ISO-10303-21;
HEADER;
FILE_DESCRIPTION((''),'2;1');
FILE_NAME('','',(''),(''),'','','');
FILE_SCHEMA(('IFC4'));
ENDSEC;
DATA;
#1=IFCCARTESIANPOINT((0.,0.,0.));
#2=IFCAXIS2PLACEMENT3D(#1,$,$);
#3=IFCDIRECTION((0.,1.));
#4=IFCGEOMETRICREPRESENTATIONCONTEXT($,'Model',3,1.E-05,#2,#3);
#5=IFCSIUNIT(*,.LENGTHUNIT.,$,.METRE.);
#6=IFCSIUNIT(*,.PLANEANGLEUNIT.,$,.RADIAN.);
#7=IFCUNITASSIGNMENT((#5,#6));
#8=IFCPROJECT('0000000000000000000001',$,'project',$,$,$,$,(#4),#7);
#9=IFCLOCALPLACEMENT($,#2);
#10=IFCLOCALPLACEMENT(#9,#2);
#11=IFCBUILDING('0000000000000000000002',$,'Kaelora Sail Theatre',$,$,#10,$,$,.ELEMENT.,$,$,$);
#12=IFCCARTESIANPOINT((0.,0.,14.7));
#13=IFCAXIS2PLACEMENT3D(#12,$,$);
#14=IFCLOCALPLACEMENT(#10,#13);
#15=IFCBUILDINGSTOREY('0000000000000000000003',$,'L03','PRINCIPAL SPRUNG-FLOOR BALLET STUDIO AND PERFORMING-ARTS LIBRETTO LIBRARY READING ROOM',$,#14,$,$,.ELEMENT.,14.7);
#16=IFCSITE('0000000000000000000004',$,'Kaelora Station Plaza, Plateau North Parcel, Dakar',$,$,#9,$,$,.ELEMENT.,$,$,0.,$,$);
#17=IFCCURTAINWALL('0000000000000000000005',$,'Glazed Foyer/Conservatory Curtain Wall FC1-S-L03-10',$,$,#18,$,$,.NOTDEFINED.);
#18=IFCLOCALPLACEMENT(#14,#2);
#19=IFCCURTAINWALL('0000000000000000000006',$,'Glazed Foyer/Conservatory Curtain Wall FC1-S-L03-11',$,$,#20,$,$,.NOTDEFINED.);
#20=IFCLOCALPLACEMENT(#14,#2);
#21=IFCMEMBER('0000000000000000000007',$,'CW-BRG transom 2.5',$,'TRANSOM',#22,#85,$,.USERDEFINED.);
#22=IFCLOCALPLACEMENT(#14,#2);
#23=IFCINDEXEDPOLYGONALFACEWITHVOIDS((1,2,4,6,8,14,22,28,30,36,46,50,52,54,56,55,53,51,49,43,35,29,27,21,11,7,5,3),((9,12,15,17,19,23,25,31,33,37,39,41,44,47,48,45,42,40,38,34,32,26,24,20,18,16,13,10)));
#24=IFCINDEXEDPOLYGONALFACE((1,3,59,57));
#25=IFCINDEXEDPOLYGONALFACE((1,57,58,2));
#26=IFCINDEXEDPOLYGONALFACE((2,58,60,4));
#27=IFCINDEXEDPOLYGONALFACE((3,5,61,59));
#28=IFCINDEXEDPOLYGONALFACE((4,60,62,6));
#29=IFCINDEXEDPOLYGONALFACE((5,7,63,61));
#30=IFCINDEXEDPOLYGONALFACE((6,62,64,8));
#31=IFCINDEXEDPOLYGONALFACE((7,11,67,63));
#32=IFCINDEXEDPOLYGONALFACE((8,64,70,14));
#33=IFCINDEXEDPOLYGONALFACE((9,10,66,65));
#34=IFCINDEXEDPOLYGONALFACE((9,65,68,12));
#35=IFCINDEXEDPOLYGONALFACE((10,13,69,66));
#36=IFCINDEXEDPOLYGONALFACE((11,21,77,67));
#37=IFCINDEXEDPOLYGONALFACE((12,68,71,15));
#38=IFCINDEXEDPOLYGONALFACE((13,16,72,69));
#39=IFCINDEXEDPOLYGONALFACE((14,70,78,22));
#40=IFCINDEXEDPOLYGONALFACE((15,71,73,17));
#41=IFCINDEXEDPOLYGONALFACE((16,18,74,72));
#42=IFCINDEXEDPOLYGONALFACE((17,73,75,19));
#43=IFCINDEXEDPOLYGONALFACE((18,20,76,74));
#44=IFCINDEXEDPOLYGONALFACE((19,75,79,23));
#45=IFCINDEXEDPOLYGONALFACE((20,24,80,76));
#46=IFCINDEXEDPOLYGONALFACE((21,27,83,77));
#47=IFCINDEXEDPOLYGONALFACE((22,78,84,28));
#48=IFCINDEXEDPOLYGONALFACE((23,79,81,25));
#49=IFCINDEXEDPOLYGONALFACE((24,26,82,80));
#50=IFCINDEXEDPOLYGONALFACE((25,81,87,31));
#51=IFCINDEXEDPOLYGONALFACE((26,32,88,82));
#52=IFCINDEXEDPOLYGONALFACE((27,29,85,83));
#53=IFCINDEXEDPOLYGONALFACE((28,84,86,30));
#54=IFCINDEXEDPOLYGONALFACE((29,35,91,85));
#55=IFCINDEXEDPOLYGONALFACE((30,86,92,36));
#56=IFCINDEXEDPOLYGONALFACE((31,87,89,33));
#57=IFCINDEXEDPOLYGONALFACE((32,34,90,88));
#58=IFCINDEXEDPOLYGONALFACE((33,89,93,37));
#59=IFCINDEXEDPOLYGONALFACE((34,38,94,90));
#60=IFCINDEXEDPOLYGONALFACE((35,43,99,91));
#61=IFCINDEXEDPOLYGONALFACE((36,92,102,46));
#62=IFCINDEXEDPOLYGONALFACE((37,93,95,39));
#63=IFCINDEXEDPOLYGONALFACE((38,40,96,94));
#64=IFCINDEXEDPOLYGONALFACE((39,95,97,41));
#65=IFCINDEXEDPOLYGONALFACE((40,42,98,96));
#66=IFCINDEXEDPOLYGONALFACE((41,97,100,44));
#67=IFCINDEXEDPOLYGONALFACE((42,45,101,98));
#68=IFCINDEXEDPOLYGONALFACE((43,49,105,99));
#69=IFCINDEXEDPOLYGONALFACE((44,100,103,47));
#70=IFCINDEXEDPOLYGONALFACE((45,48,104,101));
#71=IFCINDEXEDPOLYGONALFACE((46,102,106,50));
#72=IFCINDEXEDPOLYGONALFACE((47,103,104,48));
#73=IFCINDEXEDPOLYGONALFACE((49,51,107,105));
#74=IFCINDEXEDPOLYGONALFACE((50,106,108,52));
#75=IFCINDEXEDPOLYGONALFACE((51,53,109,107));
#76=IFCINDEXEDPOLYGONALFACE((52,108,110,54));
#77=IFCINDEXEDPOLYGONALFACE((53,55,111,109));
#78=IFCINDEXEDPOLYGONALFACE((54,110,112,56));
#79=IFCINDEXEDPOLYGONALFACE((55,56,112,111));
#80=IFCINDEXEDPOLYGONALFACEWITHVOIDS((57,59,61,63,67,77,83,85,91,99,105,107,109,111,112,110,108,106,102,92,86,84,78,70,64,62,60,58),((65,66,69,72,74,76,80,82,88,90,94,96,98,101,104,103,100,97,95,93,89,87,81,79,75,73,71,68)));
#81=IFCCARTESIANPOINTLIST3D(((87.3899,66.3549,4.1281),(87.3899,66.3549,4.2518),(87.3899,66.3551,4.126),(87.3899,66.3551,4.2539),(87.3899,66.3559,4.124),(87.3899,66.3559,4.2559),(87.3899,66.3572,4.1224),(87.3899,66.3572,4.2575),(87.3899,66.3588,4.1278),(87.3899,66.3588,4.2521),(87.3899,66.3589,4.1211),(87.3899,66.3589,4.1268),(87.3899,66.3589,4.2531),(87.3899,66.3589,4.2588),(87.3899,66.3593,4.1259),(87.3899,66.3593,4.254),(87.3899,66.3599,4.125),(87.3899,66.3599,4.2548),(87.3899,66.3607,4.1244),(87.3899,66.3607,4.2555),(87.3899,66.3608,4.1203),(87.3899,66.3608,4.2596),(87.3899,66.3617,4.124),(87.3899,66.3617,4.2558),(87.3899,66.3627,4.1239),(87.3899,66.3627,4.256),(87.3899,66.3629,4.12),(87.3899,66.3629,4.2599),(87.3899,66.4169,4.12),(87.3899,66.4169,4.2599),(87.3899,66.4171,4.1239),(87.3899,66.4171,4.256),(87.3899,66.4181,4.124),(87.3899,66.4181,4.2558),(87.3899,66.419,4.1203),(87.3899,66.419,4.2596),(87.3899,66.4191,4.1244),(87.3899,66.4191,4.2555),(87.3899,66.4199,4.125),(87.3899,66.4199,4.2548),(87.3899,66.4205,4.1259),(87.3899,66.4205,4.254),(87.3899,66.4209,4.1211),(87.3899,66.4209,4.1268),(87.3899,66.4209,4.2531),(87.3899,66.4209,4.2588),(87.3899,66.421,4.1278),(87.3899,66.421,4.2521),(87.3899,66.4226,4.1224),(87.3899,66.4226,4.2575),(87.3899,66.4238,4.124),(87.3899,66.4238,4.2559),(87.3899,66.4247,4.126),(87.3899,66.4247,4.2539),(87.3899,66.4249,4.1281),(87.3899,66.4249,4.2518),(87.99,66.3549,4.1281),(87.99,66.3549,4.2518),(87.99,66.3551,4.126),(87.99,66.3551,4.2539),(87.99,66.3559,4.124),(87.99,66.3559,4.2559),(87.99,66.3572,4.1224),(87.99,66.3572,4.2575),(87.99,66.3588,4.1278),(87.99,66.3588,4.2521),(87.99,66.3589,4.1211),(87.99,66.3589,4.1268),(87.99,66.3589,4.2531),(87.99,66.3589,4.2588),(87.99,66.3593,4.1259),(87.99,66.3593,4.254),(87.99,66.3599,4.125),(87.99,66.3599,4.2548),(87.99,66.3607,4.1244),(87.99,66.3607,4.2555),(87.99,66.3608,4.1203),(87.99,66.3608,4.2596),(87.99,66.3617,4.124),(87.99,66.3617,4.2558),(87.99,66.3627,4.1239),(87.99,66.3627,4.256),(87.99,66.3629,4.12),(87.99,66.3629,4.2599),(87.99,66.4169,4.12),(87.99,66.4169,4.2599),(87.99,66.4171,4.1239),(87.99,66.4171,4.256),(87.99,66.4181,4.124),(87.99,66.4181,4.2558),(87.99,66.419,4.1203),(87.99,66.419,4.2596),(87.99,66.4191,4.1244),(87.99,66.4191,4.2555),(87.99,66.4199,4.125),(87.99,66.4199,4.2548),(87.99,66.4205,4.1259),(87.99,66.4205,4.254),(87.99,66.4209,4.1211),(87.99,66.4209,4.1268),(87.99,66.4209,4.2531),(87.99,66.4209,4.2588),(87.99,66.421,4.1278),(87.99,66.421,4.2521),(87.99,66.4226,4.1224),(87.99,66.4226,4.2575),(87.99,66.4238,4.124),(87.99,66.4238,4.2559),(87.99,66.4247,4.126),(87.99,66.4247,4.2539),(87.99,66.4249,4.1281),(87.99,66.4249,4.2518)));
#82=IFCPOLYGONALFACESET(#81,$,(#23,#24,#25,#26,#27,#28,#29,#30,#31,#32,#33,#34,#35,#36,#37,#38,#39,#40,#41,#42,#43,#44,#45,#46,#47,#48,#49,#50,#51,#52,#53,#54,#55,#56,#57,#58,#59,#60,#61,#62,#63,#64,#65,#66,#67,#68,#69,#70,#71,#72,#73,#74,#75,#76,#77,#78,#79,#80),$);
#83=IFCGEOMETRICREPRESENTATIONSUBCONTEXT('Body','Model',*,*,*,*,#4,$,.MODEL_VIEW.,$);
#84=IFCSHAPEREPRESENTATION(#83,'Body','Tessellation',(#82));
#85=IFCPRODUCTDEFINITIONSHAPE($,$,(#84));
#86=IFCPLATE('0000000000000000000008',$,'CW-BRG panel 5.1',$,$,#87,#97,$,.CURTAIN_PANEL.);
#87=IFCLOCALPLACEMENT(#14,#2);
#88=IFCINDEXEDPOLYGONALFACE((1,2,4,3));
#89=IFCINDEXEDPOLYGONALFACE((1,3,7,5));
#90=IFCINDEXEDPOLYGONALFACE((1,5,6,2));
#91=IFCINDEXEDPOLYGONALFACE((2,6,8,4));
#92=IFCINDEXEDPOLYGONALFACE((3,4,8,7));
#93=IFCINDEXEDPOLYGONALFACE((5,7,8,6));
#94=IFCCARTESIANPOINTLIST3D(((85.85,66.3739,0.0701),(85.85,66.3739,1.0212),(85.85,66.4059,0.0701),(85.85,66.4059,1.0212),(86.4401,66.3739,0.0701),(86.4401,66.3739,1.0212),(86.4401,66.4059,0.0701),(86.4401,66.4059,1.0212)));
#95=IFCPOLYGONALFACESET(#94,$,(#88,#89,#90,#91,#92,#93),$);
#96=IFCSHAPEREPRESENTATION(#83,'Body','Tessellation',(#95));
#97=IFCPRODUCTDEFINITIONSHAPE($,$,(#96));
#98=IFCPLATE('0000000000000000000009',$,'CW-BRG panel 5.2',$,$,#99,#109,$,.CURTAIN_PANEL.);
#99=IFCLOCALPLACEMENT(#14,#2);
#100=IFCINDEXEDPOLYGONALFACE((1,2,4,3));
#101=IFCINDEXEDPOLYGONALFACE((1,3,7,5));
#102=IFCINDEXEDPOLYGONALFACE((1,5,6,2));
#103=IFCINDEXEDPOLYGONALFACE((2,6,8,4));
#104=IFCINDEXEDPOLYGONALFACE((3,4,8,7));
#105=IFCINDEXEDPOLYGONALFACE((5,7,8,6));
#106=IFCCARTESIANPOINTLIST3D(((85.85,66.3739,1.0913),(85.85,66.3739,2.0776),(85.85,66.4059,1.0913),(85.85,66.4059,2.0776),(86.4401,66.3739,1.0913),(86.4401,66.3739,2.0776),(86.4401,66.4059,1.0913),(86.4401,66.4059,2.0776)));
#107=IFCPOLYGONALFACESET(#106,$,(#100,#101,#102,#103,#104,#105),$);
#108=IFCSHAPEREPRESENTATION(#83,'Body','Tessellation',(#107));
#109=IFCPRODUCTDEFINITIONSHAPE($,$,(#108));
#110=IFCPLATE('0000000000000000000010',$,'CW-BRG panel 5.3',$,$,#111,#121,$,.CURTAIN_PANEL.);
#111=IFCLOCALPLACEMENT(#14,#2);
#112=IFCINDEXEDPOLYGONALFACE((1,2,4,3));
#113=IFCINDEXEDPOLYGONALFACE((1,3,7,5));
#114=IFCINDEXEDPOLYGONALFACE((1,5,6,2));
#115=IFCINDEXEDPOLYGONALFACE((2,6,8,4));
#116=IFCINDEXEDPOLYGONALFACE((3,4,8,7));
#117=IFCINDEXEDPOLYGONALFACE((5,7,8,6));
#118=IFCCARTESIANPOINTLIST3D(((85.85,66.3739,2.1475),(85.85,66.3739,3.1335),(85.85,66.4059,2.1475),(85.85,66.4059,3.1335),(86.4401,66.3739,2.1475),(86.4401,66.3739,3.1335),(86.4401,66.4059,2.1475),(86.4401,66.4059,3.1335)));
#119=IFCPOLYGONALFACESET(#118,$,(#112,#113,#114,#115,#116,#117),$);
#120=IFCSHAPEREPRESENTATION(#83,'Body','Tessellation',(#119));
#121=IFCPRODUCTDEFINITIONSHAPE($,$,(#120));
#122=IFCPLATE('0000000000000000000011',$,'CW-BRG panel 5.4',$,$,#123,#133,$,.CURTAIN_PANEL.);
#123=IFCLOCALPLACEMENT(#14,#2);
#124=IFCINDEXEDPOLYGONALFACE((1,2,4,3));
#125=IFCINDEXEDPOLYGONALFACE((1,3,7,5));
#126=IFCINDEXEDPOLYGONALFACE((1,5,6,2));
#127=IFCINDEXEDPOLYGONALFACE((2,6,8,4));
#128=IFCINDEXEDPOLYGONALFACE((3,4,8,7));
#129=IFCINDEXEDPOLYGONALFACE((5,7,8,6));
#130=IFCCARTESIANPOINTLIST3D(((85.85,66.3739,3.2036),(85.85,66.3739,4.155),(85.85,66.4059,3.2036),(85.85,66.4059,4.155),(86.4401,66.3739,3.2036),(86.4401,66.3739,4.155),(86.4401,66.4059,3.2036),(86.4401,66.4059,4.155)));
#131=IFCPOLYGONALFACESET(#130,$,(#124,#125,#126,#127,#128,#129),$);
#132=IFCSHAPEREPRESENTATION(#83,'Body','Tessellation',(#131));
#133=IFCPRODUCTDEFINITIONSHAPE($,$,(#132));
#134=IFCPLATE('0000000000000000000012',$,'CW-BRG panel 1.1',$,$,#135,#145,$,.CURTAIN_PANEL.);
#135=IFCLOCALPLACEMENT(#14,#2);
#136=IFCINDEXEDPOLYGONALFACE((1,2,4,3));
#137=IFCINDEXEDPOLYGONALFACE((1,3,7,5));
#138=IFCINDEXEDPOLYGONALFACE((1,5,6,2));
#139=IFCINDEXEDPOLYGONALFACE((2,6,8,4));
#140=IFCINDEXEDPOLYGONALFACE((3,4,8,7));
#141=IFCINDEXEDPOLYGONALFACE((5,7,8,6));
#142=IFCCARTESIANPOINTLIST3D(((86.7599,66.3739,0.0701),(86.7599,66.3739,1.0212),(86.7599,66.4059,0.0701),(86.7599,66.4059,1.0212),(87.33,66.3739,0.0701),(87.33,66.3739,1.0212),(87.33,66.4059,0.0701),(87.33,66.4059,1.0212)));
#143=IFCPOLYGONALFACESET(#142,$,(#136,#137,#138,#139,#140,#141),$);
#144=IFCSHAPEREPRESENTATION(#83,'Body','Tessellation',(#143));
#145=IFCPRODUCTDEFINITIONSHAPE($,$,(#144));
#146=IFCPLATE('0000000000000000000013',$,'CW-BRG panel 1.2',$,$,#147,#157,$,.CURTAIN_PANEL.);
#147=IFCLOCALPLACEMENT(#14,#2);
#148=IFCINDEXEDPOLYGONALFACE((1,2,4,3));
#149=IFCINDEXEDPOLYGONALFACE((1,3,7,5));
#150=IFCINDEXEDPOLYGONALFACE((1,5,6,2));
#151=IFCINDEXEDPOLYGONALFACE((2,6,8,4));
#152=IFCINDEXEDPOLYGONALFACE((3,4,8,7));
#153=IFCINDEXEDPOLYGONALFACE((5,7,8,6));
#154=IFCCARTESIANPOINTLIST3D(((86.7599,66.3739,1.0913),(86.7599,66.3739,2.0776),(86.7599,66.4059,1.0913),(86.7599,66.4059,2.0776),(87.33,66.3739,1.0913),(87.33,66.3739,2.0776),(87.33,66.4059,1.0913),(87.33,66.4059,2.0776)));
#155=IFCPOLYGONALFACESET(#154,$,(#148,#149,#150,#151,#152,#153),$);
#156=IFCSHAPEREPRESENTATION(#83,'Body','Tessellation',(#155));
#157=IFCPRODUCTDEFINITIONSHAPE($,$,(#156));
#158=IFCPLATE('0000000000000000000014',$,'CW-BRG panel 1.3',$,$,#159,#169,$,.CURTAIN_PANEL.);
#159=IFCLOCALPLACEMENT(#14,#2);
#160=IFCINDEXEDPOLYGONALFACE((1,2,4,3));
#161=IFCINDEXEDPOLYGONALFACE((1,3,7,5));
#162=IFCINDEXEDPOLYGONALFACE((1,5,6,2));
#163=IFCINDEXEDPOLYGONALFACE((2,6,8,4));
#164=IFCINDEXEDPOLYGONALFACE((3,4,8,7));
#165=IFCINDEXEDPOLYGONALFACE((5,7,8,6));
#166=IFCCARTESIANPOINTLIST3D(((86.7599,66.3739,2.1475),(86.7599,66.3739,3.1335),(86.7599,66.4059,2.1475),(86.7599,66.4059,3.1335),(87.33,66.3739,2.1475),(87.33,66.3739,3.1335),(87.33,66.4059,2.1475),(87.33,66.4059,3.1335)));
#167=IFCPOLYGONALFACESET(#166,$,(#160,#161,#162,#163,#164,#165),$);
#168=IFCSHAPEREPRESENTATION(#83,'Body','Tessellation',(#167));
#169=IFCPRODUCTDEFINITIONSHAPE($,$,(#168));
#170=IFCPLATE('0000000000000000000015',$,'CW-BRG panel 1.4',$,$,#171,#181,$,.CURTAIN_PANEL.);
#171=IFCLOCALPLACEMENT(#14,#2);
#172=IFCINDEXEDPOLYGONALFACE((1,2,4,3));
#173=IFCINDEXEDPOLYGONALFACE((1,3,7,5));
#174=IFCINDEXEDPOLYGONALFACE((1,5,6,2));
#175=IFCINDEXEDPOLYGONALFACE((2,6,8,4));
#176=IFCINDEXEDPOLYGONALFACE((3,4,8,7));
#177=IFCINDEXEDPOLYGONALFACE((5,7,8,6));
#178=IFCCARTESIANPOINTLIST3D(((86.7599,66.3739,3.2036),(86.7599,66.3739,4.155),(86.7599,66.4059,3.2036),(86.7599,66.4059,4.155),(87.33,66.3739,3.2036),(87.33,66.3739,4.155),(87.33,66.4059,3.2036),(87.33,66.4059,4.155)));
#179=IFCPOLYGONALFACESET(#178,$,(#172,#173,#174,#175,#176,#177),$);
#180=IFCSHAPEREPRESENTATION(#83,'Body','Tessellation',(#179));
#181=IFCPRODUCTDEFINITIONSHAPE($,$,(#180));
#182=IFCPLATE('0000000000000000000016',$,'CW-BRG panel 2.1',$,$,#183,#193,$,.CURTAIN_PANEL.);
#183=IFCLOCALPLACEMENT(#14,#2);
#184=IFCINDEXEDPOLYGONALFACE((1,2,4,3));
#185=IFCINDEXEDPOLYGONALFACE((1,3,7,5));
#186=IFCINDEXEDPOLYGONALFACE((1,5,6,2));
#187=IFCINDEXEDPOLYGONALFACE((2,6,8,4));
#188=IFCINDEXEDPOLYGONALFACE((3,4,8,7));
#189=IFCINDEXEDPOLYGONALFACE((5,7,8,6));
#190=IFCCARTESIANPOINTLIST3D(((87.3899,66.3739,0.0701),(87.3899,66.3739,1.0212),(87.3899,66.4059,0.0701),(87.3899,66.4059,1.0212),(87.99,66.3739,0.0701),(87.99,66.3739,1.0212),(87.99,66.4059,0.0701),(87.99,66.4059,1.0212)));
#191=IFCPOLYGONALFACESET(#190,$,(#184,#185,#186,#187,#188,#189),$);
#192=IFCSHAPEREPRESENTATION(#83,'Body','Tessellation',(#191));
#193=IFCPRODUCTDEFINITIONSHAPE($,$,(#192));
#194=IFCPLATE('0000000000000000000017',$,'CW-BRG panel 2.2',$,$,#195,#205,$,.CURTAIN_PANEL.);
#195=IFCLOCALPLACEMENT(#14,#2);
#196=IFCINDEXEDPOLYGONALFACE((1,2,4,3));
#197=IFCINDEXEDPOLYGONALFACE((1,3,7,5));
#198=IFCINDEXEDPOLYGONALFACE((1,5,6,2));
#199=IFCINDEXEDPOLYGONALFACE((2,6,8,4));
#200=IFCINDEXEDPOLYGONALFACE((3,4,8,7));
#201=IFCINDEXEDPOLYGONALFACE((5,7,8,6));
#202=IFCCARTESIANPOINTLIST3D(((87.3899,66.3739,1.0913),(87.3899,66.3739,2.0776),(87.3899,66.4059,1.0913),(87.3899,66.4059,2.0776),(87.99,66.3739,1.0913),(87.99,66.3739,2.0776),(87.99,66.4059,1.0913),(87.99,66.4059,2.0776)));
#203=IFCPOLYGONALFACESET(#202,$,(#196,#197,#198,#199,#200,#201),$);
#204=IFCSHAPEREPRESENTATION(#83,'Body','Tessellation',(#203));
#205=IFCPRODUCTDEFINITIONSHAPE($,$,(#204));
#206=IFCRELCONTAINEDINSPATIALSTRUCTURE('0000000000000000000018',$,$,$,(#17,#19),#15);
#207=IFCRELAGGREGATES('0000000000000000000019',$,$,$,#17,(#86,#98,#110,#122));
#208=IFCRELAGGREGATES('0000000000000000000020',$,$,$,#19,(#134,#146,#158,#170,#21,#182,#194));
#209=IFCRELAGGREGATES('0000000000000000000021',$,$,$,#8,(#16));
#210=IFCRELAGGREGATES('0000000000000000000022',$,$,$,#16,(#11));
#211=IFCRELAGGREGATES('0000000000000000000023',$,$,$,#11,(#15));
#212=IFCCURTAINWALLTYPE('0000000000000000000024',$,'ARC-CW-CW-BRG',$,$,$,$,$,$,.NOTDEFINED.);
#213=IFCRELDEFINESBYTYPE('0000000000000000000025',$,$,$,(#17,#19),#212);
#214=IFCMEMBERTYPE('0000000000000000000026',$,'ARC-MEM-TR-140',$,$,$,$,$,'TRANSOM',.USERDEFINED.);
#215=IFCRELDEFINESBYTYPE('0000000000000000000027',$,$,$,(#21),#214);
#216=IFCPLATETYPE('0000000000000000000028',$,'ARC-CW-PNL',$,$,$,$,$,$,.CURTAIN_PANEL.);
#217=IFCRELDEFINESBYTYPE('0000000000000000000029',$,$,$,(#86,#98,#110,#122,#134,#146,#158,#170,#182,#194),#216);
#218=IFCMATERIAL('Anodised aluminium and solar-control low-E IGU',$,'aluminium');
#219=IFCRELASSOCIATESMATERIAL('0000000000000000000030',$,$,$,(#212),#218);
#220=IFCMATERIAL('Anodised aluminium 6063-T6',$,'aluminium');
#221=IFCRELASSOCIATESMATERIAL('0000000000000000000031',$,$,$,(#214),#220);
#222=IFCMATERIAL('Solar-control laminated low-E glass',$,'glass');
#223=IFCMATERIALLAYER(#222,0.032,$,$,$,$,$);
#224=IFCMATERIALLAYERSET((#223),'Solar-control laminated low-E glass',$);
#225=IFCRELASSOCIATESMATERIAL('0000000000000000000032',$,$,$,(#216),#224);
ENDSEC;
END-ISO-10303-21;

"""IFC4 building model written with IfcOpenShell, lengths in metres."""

from ifc_helpers import new_model, si_unit, direction, frame, origin, origin_2d, place, context, subcontext, project, spatial, rectangle, hollow_rectangle, extrude, material, layer, layer_set, material_profile, profile_set, type_object, element, aggregate, save


model = new_model("IFC4")

# Units and contexts
model_context = context("Model", 3, precision=1e-05, world=origin(), true_north=direction((0.0, 1.0)))
body_context = subcontext(model_context, "Body", "Model", "MODEL_VIEW")
ifc_project = project(units=[si_unit("LENGTHUNIT", "METRE"), si_unit("PLANEANGLEUNIT", "RADIAN")], contexts=[model_context])

# Site, building, storey
site_placement = place(None, origin())
site = spatial("IfcSite", under=ifc_project, at=site_placement, Name="Kaelora Station Plaza, Plateau North Parcel, Dakar", CompositionType="ELEMENT", RefElevation=0.0)
building_placement = place(site_placement, origin())
building = spatial("IfcBuilding", under=site, at=building_placement, Name="Kaelora Sail Theatre", CompositionType="ELEMENT")
storey_placement = place(building_placement, frame((0.0, 0.0, 14.7)))
storey = spatial("IfcBuildingStorey", under=building, at=storey_placement, Name="L03", Description="PRINCIPAL SPRUNG-FLOOR BALLET STUDIO AND PERFORMING-ARTS LIBRETTO LIBRARY READING ROOM", CompositionType="ELEMENT", Elevation=14.7)

# Curtain wall
ifc_material_1 = material(Name="Anodised aluminium and solar-control low-E IGU", Category="aluminium")
curtain_wall_type = type_object("IfcCurtainWallType", Name="ARC-CW-CW-BRG", PredefinedType="NOTDEFINED", material=ifc_material_1)
curtain_wall_1_placement = place(storey_placement, origin())
curtain_wall_1 = element("IfcCurtainWall", 1, at=curtain_wall_1_placement, inside=storey, type_object=curtain_wall_type, Name="Glazed Foyer/Conservatory Curtain Wall FC1-S-L03-10", PredefinedType="NOTDEFINED")

# Curtain wall
curtain_wall_2_placement = place(storey_placement, origin())
curtain_wall_2 = element("IfcCurtainWall", 2, at=curtain_wall_2_placement, inside=storey, type_object=curtain_wall_type, Name="Glazed Foyer/Conservatory Curtain Wall FC1-S-L03-11", PredefinedType="NOTDEFINED")

# Member
ifc_material_2 = material(Name="Anodised aluminium 6063-T6", Category="aluminium")
ifc_material_profile_1 = material_profile(ifc_material_2, hollow_rectangle(XDim=0.0701, YDim=0.1399, WallThickness=0.0039, InnerFilletRadius=0.0039, OuterFilletRadius=0.0081, at=origin_2d()), Name="ALU-TRAN 70x140x4")
ifc_profile_set_1 = profile_set([ifc_material_profile_1], Name="Anodised aluminium 6063-T6")
member_type_1 = type_object("IfcMemberType", Name="ARC-MEM-TR-140", ElementType="TRANSOM", PredefinedType="USERDEFINED", material=ifc_profile_set_1)
member_1_placement = place(storey_placement, frame((87.3899, 66.3899, 4.1899), z_axis=(1.0, 0.0, 0.0), x_axis=(0.0, 1.0, 0.0)))
member_1 = element("IfcMember", 3, at=member_1_placement, type_object=member_type_1, Name="CW-BRG transom 2.5", ObjectType="TRANSOM", PredefinedType="USERDEFINED", context=body_context, shape_type="SweptSolid", body=[
    extrude(hollow_rectangle(XDim=0.0701, YDim=0.1399, WallThickness=0.0039, InnerFilletRadius=0.0039, OuterFilletRadius=0.0081, at=origin_2d()), origin(), (0.0, 0.0, 1.0), 0.6001),
])

# Plates
ifc_material_3 = material(Name="Solar-control laminated low-E glass", Category="glass")
ifc_layer = layer(ifc_material_3, 0.032)
ifc_layer_set = layer_set([ifc_layer], Name="Solar-control laminated low-E glass")
plate_type = type_object("IfcPlateType", Name="ARC-CW-PNL", PredefinedType="CURTAIN_PANEL", material=ifc_layer_set)
plate_1_placement = place(storey_placement, frame((86.145, 66.3899, 0.0701), z_axis=(0.0, 0.0, 1.0), x_axis=(1.0, 0.0, 0.0)))
plate_1 = element("IfcPlate", 4, at=plate_1_placement, type_object=plate_type, Name="CW-BRG panel 5.1", PredefinedType="CURTAIN_PANEL", context=body_context, shape_type="SweptSolid", body=[
    extrude(rectangle(XDim=0.5901, YDim=0.032, at=origin_2d()), origin(), (0.0, 0.0, 1.0), 0.9512),
])
plate_2_placement = place(storey_placement, frame((86.145, 66.3899, 1.0913), z_axis=(0.0, 0.0, 1.0), x_axis=(1.0, 0.0, 0.0)))
plate_2 = element("IfcPlate", 5, at=plate_2_placement, type_object=plate_type, Name="CW-BRG panel 5.2", PredefinedType="CURTAIN_PANEL", context=body_context, shape_type="SweptSolid", body=[
    extrude(rectangle(XDim=0.5901, YDim=0.032, at=origin_2d()), origin(), (0.0, 0.0, 1.0), 0.9863),
])
plate_3_placement = place(storey_placement, frame((86.145, 66.3899, 2.1475), z_axis=(0.0, 0.0, 1.0), x_axis=(1.0, 0.0, 0.0)))
plate_3 = element("IfcPlate", 6, at=plate_3_placement, type_object=plate_type, Name="CW-BRG panel 5.3", PredefinedType="CURTAIN_PANEL", context=body_context, shape_type="SweptSolid", body=[
    extrude(rectangle(XDim=0.5901, YDim=0.032, at=origin_2d()), origin(), (0.0, 0.0, 1.0), 0.9861),
])
plate_4_placement = place(storey_placement, frame((86.145, 66.3899, 3.2036), z_axis=(0.0, 0.0, 1.0), x_axis=(1.0, 0.0, 0.0)))
plate_4 = element("IfcPlate", 7, at=plate_4_placement, type_object=plate_type, Name="CW-BRG panel 5.4", PredefinedType="CURTAIN_PANEL", context=body_context, shape_type="SweptSolid", body=[
    extrude(rectangle(XDim=0.5901, YDim=0.032, at=origin_2d()), origin(), (0.0, 0.0, 1.0), 0.9514),
])
aggregate(curtain_wall_1, [plate_1, plate_2, plate_3, plate_4])
plate_5_placement = place(storey_placement, frame((87.0449, 66.3899, 0.0701), z_axis=(0.0, 0.0, 1.0), x_axis=(1.0, 0.0, 0.0)))
plate_5 = element("IfcPlate", 8, at=plate_5_placement, type_object=plate_type, Name="CW-BRG panel 1.1", PredefinedType="CURTAIN_PANEL", context=body_context, shape_type="SweptSolid", body=[
    extrude(rectangle(XDim=0.5701, YDim=0.032, at=origin_2d()), origin(), (0.0, 0.0, 1.0), 0.9512),
])
plate_6_placement = place(storey_placement, frame((87.0449, 66.3899, 1.0913), z_axis=(0.0, 0.0, 1.0), x_axis=(1.0, 0.0, 0.0)))
plate_6 = element("IfcPlate", 9, at=plate_6_placement, type_object=plate_type, Name="CW-BRG panel 1.2", PredefinedType="CURTAIN_PANEL", context=body_context, shape_type="SweptSolid", body=[
    extrude(rectangle(XDim=0.5701, YDim=0.032, at=origin_2d()), origin(), (0.0, 0.0, 1.0), 0.9863),
])
plate_7_placement = place(storey_placement, frame((87.0449, 66.3899, 2.1475), z_axis=(0.0, 0.0, 1.0), x_axis=(1.0, 0.0, 0.0)))
plate_7 = element("IfcPlate", 10, at=plate_7_placement, type_object=plate_type, Name="CW-BRG panel 1.3", PredefinedType="CURTAIN_PANEL", context=body_context, shape_type="SweptSolid", body=[
    extrude(rectangle(XDim=0.5701, YDim=0.032, at=origin_2d()), origin(), (0.0, 0.0, 1.0), 0.9861),
])
plate_8_placement = place(storey_placement, frame((87.0449, 66.3899, 3.2036), z_axis=(0.0, 0.0, 1.0), x_axis=(1.0, 0.0, 0.0)))
plate_8 = element("IfcPlate", 11, at=plate_8_placement, type_object=plate_type, Name="CW-BRG panel 1.4", PredefinedType="CURTAIN_PANEL", context=body_context, shape_type="SweptSolid", body=[
    extrude(rectangle(XDim=0.5701, YDim=0.032, at=origin_2d()), origin(), (0.0, 0.0, 1.0), 0.9514),
])
plate_9_placement = place(storey_placement, frame((87.6899, 66.3899, 0.0701), z_axis=(0.0, 0.0, 1.0), x_axis=(1.0, 0.0, 0.0)))
plate_9 = element("IfcPlate", 12, at=plate_9_placement, type_object=plate_type, Name="CW-BRG panel 2.1", PredefinedType="CURTAIN_PANEL", context=body_context, shape_type="SweptSolid", body=[
    extrude(rectangle(XDim=0.6001, YDim=0.032, at=origin_2d()), origin(), (0.0, 0.0, 1.0), 0.9512),
])
plate_10_placement = place(storey_placement, frame((87.6899, 66.3899, 1.0913), z_axis=(0.0, 0.0, 1.0), x_axis=(1.0, 0.0, 0.0)))
plate_10 = element("IfcPlate", 13, at=plate_10_placement, type_object=plate_type, Name="CW-BRG panel 2.2", PredefinedType="CURTAIN_PANEL", context=body_context, shape_type="SweptSolid", body=[
    extrude(rectangle(XDim=0.6001, YDim=0.032, at=origin_2d()), origin(), (0.0, 0.0, 1.0), 0.9863),
])
aggregate(curtain_wall_2, [plate_5, plate_6, plate_7, plate_8, member_1, plate_9, plate_10])

save(model, "model.ifc")
